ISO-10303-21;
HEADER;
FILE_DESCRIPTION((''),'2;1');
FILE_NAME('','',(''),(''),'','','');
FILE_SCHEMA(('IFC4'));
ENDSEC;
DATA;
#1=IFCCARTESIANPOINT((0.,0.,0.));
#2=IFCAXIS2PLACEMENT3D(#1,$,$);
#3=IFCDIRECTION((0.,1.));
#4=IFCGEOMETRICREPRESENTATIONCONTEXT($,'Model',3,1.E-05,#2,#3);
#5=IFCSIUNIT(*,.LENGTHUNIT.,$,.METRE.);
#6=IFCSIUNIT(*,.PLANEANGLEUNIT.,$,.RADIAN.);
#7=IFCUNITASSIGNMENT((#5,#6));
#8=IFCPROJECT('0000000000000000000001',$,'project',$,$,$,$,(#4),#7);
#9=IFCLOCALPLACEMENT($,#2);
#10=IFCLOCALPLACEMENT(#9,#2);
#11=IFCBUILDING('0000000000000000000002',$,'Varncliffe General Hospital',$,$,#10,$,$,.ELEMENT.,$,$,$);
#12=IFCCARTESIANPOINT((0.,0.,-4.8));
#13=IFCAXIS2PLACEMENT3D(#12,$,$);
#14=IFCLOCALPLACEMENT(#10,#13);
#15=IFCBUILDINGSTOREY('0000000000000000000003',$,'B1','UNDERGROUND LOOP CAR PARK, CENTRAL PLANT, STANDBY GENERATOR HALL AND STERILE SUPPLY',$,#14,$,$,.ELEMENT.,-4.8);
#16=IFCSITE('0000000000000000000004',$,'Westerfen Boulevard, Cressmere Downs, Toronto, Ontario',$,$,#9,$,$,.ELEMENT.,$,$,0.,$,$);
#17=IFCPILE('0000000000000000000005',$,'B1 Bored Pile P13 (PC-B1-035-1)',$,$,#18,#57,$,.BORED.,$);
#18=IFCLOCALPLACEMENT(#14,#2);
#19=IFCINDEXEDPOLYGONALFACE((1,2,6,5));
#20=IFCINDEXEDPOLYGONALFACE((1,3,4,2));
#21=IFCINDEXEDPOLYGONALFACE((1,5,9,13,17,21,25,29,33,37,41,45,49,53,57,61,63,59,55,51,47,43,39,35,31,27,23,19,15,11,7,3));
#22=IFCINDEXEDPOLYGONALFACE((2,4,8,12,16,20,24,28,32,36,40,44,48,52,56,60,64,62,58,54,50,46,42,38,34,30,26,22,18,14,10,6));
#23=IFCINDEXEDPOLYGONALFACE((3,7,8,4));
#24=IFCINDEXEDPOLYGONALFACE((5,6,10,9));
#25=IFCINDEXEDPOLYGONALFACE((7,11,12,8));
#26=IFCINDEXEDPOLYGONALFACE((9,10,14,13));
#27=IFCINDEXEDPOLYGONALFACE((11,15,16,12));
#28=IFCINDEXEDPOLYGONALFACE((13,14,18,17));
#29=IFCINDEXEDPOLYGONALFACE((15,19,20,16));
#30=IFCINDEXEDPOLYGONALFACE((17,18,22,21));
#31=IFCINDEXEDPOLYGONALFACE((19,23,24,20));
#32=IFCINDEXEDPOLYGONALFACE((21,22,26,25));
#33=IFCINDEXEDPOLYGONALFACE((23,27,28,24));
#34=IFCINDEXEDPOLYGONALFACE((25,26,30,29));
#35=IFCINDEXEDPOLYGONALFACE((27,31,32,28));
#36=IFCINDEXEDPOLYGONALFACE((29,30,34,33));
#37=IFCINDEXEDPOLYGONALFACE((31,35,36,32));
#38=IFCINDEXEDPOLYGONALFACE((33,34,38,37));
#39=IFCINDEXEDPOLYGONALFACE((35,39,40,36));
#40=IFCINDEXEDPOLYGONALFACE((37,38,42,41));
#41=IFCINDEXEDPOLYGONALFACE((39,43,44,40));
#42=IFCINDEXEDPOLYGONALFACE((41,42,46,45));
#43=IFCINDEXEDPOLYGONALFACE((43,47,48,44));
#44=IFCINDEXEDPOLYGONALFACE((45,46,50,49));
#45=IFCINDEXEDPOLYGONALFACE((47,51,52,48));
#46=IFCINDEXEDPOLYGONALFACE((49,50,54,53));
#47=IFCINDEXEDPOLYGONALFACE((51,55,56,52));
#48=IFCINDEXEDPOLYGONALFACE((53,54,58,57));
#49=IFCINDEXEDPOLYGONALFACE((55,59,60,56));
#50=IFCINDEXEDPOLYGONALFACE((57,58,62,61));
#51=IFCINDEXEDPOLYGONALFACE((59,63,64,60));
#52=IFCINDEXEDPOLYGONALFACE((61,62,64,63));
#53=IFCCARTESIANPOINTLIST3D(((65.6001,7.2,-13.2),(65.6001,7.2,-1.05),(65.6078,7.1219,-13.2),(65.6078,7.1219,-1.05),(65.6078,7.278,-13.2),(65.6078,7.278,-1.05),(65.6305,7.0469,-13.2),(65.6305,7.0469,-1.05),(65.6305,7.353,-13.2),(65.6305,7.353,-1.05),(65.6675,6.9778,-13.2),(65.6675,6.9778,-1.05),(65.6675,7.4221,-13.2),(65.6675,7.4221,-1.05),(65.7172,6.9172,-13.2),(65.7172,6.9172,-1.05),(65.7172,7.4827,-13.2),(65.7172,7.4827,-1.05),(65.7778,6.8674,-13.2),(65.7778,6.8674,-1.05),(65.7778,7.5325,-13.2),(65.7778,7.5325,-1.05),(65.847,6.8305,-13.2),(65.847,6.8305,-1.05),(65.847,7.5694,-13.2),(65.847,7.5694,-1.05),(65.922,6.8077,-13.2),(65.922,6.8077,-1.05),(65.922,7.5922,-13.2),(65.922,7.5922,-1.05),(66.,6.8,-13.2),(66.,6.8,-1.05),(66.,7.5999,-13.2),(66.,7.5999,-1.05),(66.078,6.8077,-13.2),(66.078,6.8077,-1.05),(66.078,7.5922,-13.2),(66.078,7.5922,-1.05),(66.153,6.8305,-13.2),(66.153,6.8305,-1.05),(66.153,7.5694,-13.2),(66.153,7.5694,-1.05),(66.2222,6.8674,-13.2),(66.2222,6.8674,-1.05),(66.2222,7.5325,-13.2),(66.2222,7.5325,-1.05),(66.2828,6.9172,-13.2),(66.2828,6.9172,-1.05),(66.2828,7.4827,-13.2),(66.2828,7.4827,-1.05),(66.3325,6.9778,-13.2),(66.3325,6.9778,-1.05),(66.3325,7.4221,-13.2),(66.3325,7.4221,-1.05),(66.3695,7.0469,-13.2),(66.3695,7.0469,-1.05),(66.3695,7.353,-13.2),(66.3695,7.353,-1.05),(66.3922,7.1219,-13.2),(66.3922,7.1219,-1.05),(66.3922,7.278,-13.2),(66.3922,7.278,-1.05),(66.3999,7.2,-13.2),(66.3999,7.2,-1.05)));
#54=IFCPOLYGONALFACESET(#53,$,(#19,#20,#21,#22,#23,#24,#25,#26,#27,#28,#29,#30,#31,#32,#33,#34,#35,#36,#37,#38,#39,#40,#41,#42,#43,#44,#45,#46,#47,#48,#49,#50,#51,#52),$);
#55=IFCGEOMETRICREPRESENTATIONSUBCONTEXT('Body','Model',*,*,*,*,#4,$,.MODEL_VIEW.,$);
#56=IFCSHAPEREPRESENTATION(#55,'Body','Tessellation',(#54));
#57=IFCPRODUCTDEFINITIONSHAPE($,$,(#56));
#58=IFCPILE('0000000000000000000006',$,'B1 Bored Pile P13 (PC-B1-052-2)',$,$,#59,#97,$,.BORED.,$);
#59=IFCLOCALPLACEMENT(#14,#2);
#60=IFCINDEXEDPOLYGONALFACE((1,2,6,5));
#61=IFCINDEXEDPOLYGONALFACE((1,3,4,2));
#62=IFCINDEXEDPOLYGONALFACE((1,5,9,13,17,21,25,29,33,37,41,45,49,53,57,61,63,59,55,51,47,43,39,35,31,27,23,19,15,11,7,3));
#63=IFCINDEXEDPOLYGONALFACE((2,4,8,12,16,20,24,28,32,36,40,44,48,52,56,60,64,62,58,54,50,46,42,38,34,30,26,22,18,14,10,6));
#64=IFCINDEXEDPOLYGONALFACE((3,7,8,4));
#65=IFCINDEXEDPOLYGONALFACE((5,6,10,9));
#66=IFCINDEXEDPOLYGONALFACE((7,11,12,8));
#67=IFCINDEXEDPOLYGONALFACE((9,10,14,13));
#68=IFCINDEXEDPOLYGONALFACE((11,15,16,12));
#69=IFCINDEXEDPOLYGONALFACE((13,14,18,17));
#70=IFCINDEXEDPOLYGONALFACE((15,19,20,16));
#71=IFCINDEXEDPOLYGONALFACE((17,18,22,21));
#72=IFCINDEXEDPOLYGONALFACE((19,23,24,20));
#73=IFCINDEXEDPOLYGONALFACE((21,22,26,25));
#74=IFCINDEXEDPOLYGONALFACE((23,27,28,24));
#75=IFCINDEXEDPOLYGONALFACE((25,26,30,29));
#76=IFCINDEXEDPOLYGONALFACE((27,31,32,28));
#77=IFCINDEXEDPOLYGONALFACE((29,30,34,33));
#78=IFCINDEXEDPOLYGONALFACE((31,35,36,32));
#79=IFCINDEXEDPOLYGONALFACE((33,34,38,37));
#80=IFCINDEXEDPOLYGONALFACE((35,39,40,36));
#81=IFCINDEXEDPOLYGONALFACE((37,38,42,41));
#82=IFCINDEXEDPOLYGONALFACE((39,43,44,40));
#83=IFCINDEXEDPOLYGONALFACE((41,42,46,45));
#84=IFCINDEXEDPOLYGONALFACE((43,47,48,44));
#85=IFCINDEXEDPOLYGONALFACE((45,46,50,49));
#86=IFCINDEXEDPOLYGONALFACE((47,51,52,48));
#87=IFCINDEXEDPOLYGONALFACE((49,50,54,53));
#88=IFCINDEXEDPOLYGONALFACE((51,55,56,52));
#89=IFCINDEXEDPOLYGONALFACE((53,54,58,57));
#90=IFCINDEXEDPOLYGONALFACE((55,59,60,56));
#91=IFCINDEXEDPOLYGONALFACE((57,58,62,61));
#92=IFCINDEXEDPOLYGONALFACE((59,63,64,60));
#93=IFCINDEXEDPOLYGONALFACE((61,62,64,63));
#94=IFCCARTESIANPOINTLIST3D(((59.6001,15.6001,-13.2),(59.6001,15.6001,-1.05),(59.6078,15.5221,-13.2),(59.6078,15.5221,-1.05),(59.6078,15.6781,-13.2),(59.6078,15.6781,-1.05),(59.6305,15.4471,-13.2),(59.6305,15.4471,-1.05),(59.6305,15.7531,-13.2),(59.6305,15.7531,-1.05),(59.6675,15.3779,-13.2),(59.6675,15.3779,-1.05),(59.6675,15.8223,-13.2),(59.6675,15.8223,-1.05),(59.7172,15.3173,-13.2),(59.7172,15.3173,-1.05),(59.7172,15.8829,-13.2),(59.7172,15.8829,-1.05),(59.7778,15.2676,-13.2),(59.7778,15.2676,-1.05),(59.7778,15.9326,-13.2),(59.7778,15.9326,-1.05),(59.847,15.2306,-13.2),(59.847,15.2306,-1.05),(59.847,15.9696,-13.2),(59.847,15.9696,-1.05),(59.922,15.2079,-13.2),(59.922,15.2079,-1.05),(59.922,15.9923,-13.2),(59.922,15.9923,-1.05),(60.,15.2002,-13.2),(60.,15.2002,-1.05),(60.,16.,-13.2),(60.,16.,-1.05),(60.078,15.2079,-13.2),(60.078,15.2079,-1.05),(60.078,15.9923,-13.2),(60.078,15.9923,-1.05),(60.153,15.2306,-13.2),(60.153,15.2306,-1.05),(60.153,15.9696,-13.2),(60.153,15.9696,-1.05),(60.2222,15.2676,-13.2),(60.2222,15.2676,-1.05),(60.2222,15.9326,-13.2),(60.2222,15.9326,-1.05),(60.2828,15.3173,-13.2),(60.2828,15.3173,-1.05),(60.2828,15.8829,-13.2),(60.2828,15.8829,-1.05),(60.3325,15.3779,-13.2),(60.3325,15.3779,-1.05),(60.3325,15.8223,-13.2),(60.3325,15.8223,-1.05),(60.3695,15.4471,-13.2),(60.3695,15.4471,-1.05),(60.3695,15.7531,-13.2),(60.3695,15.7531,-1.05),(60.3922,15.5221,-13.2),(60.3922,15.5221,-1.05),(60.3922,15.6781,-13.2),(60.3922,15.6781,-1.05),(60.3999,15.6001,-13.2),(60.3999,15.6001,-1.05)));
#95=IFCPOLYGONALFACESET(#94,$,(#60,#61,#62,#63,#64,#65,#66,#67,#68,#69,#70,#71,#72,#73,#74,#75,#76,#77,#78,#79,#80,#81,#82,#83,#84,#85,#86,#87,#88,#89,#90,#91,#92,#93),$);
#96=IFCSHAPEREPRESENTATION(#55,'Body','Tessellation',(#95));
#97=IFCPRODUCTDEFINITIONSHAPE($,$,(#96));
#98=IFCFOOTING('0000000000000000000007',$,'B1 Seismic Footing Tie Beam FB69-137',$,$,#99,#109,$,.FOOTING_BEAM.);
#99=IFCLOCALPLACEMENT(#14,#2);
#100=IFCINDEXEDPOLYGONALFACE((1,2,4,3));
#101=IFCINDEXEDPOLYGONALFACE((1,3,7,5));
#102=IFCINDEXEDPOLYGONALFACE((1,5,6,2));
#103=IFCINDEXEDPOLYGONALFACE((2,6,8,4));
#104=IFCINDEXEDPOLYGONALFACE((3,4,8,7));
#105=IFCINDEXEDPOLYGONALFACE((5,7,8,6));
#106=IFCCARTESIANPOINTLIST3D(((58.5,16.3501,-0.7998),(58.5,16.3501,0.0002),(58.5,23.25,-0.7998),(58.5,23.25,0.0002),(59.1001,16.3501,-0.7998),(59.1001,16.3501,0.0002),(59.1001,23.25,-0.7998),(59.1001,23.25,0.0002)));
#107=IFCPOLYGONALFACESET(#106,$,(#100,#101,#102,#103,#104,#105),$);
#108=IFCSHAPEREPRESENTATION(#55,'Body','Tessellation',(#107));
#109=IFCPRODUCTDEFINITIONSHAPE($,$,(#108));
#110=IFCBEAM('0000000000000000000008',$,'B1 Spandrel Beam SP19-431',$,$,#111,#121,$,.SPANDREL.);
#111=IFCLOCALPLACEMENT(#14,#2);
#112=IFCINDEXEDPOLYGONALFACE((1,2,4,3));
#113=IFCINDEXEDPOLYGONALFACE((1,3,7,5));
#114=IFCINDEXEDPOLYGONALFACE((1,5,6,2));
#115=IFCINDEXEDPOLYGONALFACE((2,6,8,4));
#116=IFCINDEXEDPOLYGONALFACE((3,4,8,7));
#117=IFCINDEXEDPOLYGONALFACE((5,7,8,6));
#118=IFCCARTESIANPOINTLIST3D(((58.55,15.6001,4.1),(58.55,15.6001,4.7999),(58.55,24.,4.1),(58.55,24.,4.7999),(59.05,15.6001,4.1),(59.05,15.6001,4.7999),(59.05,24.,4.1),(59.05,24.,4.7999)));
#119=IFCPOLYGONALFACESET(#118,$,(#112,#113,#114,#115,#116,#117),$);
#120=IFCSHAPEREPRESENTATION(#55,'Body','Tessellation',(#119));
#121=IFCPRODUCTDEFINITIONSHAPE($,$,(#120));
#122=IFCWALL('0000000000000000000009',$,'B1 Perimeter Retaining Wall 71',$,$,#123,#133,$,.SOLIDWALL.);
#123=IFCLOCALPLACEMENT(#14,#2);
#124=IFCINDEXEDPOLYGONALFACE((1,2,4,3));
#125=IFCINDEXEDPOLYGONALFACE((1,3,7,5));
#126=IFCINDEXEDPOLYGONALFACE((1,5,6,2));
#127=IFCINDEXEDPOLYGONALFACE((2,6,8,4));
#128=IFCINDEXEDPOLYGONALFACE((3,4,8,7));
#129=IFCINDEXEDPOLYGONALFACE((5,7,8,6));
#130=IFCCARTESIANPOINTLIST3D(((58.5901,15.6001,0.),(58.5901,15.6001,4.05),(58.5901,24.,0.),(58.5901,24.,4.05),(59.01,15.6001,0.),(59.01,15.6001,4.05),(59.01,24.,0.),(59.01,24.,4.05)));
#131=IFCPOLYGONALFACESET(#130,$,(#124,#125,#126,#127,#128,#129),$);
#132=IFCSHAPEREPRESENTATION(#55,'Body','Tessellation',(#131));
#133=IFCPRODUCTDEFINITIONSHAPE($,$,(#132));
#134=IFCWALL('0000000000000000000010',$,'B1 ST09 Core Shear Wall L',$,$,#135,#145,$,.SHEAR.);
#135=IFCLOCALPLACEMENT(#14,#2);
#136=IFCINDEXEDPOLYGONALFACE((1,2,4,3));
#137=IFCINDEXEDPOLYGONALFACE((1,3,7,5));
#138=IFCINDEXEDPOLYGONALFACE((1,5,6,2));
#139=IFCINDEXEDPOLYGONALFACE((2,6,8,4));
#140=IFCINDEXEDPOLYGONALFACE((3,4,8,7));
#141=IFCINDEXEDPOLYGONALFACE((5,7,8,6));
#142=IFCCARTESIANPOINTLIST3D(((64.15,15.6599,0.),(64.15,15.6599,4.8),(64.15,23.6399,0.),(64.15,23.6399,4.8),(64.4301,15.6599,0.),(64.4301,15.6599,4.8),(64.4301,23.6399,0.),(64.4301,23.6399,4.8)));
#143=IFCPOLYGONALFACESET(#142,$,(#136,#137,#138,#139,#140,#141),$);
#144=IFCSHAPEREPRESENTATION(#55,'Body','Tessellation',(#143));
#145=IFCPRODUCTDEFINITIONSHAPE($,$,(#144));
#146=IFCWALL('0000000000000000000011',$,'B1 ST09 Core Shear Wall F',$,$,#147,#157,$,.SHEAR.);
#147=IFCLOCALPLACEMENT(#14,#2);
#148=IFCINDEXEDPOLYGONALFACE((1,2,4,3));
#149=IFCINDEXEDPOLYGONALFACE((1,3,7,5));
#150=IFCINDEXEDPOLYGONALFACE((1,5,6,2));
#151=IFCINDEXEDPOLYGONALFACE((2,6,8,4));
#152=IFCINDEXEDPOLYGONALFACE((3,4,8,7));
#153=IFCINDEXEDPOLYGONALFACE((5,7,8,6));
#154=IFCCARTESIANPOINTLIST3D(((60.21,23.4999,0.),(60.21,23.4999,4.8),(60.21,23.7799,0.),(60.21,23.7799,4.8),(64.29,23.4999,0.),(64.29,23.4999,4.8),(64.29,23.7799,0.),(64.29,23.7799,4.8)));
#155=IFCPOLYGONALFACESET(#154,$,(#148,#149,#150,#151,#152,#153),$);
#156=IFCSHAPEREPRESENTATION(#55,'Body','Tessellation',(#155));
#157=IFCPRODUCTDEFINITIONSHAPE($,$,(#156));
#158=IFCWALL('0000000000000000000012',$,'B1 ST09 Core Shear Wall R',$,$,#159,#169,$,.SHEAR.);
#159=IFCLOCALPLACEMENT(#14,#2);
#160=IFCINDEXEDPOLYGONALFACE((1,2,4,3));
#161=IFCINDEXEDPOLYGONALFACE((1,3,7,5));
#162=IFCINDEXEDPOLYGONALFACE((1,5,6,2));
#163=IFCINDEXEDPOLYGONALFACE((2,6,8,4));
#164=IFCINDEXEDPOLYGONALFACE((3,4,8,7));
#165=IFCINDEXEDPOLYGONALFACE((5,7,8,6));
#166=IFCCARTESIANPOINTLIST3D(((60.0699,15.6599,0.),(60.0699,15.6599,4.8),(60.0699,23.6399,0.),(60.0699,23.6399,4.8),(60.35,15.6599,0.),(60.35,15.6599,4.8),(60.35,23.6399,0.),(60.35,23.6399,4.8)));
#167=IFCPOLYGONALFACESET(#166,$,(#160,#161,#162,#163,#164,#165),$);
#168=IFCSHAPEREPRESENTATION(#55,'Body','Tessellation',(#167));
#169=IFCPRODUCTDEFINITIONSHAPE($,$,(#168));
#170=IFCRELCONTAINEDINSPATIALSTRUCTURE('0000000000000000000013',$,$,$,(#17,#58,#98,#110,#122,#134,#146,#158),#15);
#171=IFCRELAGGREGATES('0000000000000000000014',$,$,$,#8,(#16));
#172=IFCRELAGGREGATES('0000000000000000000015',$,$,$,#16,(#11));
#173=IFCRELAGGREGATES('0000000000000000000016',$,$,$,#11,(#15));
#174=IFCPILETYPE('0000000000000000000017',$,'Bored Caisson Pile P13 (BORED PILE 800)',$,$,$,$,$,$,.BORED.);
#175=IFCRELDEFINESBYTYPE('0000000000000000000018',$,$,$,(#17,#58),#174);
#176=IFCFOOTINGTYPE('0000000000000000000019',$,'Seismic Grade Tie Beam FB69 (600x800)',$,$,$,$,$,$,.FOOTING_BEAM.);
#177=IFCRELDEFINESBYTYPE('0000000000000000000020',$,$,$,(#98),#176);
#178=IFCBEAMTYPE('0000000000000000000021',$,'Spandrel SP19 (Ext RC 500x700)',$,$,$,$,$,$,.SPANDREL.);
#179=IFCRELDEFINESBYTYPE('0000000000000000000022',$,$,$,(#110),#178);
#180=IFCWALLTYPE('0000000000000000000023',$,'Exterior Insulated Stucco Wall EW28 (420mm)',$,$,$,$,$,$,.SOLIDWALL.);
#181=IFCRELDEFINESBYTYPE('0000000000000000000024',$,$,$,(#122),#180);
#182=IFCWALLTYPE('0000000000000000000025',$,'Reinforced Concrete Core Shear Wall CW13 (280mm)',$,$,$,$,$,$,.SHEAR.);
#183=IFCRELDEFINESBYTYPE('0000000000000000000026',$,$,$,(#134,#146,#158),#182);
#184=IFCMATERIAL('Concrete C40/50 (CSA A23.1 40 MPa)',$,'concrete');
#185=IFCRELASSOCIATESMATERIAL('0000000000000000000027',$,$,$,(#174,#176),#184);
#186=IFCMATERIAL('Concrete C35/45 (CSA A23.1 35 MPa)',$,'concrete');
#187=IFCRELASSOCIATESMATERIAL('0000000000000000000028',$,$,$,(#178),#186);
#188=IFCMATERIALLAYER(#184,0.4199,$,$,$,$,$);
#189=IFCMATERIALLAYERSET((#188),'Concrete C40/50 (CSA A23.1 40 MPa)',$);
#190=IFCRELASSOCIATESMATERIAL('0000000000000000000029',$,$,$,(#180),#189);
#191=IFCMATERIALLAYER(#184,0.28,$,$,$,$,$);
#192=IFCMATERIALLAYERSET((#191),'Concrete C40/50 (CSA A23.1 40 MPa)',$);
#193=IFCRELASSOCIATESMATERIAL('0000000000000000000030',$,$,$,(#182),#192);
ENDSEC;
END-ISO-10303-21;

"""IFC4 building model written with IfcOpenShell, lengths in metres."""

from ifc_helpers import new_model, si_unit, direction, frame, frame_2d, origin, origin_2d, place, context, subcontext, project, spatial, rectangle, circle, extrude, material, layer, layer_set, material_profile, profile_set, type_object, element, save


model = new_model("IFC4")

# Units and contexts
model_context = context("Model", 3, precision=1e-05, world=origin(), true_north=direction((0.0, 1.0)))
body_context = subcontext(model_context, "Body", "Model", "MODEL_VIEW")
ifc_project = project(units=[si_unit("LENGTHUNIT", "METRE"), si_unit("PLANEANGLEUNIT", "RADIAN")], contexts=[model_context])

# Site, building, storey
site_placement = place(None, origin())
site = spatial("IfcSite", under=ifc_project, at=site_placement, Name="Westerfen Boulevard, Cressmere Downs, Toronto, Ontario", CompositionType="ELEMENT", RefElevation=0.0)
building_placement = place(site_placement, origin())
building = spatial("IfcBuilding", under=site, at=building_placement, Name="Varncliffe General Hospital", CompositionType="ELEMENT")
storey_placement = place(building_placement, frame((0.0, 0.0, -4.8)))
storey = spatial("IfcBuildingStorey", under=building, at=storey_placement, Name="B1", Description="UNDERGROUND LOOP CAR PARK, CENTRAL PLANT, STANDBY GENERATOR HALL AND STERILE SUPPLY", CompositionType="ELEMENT", Elevation=-4.8)

# Piles
ifc_material_1 = material(Name="Concrete C40/50 (CSA A23.1 40 MPa)", Category="concrete")
ifc_material_profile_1 = material_profile(ifc_material_1, circle(Radius=0.3999, at=origin_2d()), Name="BORED PILE 800")
ifc_profile_set_1 = profile_set([ifc_material_profile_1], Name="Concrete C40/50 (CSA A23.1 40 MPa)")
pile_type = type_object("IfcPileType", Name="Bored Caisson Pile P13 (BORED PILE 800)", PredefinedType="BORED", material=ifc_profile_set_1)
for number, where, z_axis, x_axis, name in (
    (1, (66.0, 7.2, -1.05), (0.0, 0.0, -1.0), (1.0, 0.0, 0.0), "B1 Bored Pile P13 (PC-B1-035-1)"),
    (2, (60.0, 15.6001, -1.05), (0.0, 0.0, -1.0), (1.0, 0.0, 0.0), "B1 Bored Pile P13 (PC-B1-052-2)"),
):
    element("IfcPile", number, at=place(storey_placement, frame(where, z_axis=z_axis, x_axis=x_axis)), inside=storey, type_object=pile_type, Name=name, PredefinedType="BORED", context=body_context, shape_type="SweptSolid", body=[
        extrude(circle(Radius=0.3999, at=origin_2d()), origin(), (0.0, 0.0, 1.0), 12.1499),
    ])

# Footing
footing_type = type_object("IfcFootingType", Name="Seismic Grade Tie Beam FB69 (600x800)", PredefinedType="FOOTING_BEAM", material=ifc_material_1)
footing_placement = place(storey_placement, frame((58.8, 19.8, -0.7998), z_axis=(0.0, 0.0, 1.0), x_axis=(1.0, 0.0, 0.0)))
element("IfcFooting", 3, at=footing_placement, inside=storey, type_object=footing_type, Name="B1 Seismic Footing Tie Beam FB69-137", PredefinedType="FOOTING_BEAM", context=body_context, shape_type="SweptSolid", body=[
    extrude(rectangle(XDim=0.6001, YDim=6.8999, at=origin_2d()), origin(), (0.0, 0.0, 1.0), 0.8),
])

# Beam
ifc_material_2 = material(Name="Concrete C35/45 (CSA A23.1 35 MPa)", Category="concrete")
ifc_material_profile_2 = material_profile(ifc_material_2, rectangle(XDim=0.5, YDim=0.7, at=origin_2d()), Name="RC 500x700")
ifc_profile_set_2 = profile_set([ifc_material_profile_2], Name="Concrete C35/45 (CSA A23.1 35 MPa)")
beam_type = type_object("IfcBeamType", Name="Spandrel SP19 (Ext RC 500x700)", PredefinedType="SPANDREL", material=ifc_profile_set_2)
beam_placement = place(storey_placement, frame((58.8, 15.6001, 4.45), z_axis=(0.0, 1.0, 0.0), x_axis=(-1.0, 0.0, 0.0)))
element("IfcBeam", 4, at=beam_placement, inside=storey, type_object=beam_type, Name="B1 Spandrel Beam SP19-431", PredefinedType="SPANDREL", context=body_context, shape_type="SweptSolid", body=[
    extrude(rectangle(XDim=0.5, YDim=0.7, at=origin_2d()), origin(), (0.0, 0.0, 1.0), 8.3999),
])

# Walls
ifc_layer_1 = layer(ifc_material_1, 0.4199)
ifc_layer_set_1 = layer_set([ifc_layer_1], Name="Concrete C40/50 (CSA A23.1 40 MPa)")
wall_type_1 = type_object("IfcWallType", Name="Exterior Insulated Stucco Wall EW28 (420mm)", PredefinedType="SOLIDWALL", material=ifc_layer_set_1)
wall_1_placement = place(storey_placement, frame((58.8, 15.6001, 0.0), z_axis=(0.0, 0.0, 1.0), x_axis=(0.0, 1.0, 0.0)))
element("IfcWall", 5, at=wall_1_placement, inside=storey, type_object=wall_type_1, Name="B1 Perimeter Retaining Wall 71", PredefinedType="SOLIDWALL", context=body_context, shape_type="SweptSolid", body=[
    extrude(rectangle(XDim=8.3999, YDim=0.4199, at=frame_2d((4.2, 0.0))), origin(), (0.0, 0.0, 1.0), 4.05),
])
ifc_layer_2 = layer(ifc_material_1, 0.28)
ifc_layer_set_2 = layer_set([ifc_layer_2], Name="Concrete C40/50 (CSA A23.1 40 MPa)")
wall_type_2 = type_object("IfcWallType", Name="Reinforced Concrete Core Shear Wall CW13 (280mm)", PredefinedType="SHEAR", material=ifc_layer_set_2)
wall_2_placement = place(storey_placement, frame((64.29, 15.6599, 0.0), z_axis=(0.0, 0.0, 1.0), x_axis=(0.0, 1.0, 0.0)))
element("IfcWall", 6, at=wall_2_placement, inside=storey, type_object=wall_type_2, Name="B1 ST09 Core Shear Wall L", PredefinedType="SHEAR", context=body_context, shape_type="SweptSolid", body=[
    extrude(rectangle(XDim=7.98, YDim=0.28, at=frame_2d((3.99, 0.0))), origin(), (0.0, 0.0, 1.0), 4.8),
])
wall_3_placement = place(storey_placement, frame((64.29, 23.6399, 0.0), z_axis=(0.0, 0.0, 1.0), x_axis=(-1.0, 0.0, 0.0)))
element("IfcWall", 7, at=wall_3_placement, inside=storey, type_object=wall_type_2, Name="B1 ST09 Core Shear Wall F", PredefinedType="SHEAR", context=body_context, shape_type="SweptSolid", body=[
    extrude(rectangle(XDim=4.0801, YDim=0.28, at=frame_2d((2.04, 0.0))), origin(), (0.0, 0.0, 1.0), 4.8),
])
wall_4_placement = place(storey_placement, frame((60.21, 23.6399, 0.0), z_axis=(0.0, 0.0, 1.0), x_axis=(0.0, -1.0, 0.0)))
element("IfcWall", 8, at=wall_4_placement, inside=storey, type_object=wall_type_2, Name="B1 ST09 Core Shear Wall R", PredefinedType="SHEAR", context=body_context, shape_type="SweptSolid", body=[
    extrude(rectangle(XDim=7.98, YDim=0.28, at=frame_2d((3.99, 0.0))), origin(), (0.0, 0.0, 1.0), 4.8),
])

save(model, "model.ifc")
